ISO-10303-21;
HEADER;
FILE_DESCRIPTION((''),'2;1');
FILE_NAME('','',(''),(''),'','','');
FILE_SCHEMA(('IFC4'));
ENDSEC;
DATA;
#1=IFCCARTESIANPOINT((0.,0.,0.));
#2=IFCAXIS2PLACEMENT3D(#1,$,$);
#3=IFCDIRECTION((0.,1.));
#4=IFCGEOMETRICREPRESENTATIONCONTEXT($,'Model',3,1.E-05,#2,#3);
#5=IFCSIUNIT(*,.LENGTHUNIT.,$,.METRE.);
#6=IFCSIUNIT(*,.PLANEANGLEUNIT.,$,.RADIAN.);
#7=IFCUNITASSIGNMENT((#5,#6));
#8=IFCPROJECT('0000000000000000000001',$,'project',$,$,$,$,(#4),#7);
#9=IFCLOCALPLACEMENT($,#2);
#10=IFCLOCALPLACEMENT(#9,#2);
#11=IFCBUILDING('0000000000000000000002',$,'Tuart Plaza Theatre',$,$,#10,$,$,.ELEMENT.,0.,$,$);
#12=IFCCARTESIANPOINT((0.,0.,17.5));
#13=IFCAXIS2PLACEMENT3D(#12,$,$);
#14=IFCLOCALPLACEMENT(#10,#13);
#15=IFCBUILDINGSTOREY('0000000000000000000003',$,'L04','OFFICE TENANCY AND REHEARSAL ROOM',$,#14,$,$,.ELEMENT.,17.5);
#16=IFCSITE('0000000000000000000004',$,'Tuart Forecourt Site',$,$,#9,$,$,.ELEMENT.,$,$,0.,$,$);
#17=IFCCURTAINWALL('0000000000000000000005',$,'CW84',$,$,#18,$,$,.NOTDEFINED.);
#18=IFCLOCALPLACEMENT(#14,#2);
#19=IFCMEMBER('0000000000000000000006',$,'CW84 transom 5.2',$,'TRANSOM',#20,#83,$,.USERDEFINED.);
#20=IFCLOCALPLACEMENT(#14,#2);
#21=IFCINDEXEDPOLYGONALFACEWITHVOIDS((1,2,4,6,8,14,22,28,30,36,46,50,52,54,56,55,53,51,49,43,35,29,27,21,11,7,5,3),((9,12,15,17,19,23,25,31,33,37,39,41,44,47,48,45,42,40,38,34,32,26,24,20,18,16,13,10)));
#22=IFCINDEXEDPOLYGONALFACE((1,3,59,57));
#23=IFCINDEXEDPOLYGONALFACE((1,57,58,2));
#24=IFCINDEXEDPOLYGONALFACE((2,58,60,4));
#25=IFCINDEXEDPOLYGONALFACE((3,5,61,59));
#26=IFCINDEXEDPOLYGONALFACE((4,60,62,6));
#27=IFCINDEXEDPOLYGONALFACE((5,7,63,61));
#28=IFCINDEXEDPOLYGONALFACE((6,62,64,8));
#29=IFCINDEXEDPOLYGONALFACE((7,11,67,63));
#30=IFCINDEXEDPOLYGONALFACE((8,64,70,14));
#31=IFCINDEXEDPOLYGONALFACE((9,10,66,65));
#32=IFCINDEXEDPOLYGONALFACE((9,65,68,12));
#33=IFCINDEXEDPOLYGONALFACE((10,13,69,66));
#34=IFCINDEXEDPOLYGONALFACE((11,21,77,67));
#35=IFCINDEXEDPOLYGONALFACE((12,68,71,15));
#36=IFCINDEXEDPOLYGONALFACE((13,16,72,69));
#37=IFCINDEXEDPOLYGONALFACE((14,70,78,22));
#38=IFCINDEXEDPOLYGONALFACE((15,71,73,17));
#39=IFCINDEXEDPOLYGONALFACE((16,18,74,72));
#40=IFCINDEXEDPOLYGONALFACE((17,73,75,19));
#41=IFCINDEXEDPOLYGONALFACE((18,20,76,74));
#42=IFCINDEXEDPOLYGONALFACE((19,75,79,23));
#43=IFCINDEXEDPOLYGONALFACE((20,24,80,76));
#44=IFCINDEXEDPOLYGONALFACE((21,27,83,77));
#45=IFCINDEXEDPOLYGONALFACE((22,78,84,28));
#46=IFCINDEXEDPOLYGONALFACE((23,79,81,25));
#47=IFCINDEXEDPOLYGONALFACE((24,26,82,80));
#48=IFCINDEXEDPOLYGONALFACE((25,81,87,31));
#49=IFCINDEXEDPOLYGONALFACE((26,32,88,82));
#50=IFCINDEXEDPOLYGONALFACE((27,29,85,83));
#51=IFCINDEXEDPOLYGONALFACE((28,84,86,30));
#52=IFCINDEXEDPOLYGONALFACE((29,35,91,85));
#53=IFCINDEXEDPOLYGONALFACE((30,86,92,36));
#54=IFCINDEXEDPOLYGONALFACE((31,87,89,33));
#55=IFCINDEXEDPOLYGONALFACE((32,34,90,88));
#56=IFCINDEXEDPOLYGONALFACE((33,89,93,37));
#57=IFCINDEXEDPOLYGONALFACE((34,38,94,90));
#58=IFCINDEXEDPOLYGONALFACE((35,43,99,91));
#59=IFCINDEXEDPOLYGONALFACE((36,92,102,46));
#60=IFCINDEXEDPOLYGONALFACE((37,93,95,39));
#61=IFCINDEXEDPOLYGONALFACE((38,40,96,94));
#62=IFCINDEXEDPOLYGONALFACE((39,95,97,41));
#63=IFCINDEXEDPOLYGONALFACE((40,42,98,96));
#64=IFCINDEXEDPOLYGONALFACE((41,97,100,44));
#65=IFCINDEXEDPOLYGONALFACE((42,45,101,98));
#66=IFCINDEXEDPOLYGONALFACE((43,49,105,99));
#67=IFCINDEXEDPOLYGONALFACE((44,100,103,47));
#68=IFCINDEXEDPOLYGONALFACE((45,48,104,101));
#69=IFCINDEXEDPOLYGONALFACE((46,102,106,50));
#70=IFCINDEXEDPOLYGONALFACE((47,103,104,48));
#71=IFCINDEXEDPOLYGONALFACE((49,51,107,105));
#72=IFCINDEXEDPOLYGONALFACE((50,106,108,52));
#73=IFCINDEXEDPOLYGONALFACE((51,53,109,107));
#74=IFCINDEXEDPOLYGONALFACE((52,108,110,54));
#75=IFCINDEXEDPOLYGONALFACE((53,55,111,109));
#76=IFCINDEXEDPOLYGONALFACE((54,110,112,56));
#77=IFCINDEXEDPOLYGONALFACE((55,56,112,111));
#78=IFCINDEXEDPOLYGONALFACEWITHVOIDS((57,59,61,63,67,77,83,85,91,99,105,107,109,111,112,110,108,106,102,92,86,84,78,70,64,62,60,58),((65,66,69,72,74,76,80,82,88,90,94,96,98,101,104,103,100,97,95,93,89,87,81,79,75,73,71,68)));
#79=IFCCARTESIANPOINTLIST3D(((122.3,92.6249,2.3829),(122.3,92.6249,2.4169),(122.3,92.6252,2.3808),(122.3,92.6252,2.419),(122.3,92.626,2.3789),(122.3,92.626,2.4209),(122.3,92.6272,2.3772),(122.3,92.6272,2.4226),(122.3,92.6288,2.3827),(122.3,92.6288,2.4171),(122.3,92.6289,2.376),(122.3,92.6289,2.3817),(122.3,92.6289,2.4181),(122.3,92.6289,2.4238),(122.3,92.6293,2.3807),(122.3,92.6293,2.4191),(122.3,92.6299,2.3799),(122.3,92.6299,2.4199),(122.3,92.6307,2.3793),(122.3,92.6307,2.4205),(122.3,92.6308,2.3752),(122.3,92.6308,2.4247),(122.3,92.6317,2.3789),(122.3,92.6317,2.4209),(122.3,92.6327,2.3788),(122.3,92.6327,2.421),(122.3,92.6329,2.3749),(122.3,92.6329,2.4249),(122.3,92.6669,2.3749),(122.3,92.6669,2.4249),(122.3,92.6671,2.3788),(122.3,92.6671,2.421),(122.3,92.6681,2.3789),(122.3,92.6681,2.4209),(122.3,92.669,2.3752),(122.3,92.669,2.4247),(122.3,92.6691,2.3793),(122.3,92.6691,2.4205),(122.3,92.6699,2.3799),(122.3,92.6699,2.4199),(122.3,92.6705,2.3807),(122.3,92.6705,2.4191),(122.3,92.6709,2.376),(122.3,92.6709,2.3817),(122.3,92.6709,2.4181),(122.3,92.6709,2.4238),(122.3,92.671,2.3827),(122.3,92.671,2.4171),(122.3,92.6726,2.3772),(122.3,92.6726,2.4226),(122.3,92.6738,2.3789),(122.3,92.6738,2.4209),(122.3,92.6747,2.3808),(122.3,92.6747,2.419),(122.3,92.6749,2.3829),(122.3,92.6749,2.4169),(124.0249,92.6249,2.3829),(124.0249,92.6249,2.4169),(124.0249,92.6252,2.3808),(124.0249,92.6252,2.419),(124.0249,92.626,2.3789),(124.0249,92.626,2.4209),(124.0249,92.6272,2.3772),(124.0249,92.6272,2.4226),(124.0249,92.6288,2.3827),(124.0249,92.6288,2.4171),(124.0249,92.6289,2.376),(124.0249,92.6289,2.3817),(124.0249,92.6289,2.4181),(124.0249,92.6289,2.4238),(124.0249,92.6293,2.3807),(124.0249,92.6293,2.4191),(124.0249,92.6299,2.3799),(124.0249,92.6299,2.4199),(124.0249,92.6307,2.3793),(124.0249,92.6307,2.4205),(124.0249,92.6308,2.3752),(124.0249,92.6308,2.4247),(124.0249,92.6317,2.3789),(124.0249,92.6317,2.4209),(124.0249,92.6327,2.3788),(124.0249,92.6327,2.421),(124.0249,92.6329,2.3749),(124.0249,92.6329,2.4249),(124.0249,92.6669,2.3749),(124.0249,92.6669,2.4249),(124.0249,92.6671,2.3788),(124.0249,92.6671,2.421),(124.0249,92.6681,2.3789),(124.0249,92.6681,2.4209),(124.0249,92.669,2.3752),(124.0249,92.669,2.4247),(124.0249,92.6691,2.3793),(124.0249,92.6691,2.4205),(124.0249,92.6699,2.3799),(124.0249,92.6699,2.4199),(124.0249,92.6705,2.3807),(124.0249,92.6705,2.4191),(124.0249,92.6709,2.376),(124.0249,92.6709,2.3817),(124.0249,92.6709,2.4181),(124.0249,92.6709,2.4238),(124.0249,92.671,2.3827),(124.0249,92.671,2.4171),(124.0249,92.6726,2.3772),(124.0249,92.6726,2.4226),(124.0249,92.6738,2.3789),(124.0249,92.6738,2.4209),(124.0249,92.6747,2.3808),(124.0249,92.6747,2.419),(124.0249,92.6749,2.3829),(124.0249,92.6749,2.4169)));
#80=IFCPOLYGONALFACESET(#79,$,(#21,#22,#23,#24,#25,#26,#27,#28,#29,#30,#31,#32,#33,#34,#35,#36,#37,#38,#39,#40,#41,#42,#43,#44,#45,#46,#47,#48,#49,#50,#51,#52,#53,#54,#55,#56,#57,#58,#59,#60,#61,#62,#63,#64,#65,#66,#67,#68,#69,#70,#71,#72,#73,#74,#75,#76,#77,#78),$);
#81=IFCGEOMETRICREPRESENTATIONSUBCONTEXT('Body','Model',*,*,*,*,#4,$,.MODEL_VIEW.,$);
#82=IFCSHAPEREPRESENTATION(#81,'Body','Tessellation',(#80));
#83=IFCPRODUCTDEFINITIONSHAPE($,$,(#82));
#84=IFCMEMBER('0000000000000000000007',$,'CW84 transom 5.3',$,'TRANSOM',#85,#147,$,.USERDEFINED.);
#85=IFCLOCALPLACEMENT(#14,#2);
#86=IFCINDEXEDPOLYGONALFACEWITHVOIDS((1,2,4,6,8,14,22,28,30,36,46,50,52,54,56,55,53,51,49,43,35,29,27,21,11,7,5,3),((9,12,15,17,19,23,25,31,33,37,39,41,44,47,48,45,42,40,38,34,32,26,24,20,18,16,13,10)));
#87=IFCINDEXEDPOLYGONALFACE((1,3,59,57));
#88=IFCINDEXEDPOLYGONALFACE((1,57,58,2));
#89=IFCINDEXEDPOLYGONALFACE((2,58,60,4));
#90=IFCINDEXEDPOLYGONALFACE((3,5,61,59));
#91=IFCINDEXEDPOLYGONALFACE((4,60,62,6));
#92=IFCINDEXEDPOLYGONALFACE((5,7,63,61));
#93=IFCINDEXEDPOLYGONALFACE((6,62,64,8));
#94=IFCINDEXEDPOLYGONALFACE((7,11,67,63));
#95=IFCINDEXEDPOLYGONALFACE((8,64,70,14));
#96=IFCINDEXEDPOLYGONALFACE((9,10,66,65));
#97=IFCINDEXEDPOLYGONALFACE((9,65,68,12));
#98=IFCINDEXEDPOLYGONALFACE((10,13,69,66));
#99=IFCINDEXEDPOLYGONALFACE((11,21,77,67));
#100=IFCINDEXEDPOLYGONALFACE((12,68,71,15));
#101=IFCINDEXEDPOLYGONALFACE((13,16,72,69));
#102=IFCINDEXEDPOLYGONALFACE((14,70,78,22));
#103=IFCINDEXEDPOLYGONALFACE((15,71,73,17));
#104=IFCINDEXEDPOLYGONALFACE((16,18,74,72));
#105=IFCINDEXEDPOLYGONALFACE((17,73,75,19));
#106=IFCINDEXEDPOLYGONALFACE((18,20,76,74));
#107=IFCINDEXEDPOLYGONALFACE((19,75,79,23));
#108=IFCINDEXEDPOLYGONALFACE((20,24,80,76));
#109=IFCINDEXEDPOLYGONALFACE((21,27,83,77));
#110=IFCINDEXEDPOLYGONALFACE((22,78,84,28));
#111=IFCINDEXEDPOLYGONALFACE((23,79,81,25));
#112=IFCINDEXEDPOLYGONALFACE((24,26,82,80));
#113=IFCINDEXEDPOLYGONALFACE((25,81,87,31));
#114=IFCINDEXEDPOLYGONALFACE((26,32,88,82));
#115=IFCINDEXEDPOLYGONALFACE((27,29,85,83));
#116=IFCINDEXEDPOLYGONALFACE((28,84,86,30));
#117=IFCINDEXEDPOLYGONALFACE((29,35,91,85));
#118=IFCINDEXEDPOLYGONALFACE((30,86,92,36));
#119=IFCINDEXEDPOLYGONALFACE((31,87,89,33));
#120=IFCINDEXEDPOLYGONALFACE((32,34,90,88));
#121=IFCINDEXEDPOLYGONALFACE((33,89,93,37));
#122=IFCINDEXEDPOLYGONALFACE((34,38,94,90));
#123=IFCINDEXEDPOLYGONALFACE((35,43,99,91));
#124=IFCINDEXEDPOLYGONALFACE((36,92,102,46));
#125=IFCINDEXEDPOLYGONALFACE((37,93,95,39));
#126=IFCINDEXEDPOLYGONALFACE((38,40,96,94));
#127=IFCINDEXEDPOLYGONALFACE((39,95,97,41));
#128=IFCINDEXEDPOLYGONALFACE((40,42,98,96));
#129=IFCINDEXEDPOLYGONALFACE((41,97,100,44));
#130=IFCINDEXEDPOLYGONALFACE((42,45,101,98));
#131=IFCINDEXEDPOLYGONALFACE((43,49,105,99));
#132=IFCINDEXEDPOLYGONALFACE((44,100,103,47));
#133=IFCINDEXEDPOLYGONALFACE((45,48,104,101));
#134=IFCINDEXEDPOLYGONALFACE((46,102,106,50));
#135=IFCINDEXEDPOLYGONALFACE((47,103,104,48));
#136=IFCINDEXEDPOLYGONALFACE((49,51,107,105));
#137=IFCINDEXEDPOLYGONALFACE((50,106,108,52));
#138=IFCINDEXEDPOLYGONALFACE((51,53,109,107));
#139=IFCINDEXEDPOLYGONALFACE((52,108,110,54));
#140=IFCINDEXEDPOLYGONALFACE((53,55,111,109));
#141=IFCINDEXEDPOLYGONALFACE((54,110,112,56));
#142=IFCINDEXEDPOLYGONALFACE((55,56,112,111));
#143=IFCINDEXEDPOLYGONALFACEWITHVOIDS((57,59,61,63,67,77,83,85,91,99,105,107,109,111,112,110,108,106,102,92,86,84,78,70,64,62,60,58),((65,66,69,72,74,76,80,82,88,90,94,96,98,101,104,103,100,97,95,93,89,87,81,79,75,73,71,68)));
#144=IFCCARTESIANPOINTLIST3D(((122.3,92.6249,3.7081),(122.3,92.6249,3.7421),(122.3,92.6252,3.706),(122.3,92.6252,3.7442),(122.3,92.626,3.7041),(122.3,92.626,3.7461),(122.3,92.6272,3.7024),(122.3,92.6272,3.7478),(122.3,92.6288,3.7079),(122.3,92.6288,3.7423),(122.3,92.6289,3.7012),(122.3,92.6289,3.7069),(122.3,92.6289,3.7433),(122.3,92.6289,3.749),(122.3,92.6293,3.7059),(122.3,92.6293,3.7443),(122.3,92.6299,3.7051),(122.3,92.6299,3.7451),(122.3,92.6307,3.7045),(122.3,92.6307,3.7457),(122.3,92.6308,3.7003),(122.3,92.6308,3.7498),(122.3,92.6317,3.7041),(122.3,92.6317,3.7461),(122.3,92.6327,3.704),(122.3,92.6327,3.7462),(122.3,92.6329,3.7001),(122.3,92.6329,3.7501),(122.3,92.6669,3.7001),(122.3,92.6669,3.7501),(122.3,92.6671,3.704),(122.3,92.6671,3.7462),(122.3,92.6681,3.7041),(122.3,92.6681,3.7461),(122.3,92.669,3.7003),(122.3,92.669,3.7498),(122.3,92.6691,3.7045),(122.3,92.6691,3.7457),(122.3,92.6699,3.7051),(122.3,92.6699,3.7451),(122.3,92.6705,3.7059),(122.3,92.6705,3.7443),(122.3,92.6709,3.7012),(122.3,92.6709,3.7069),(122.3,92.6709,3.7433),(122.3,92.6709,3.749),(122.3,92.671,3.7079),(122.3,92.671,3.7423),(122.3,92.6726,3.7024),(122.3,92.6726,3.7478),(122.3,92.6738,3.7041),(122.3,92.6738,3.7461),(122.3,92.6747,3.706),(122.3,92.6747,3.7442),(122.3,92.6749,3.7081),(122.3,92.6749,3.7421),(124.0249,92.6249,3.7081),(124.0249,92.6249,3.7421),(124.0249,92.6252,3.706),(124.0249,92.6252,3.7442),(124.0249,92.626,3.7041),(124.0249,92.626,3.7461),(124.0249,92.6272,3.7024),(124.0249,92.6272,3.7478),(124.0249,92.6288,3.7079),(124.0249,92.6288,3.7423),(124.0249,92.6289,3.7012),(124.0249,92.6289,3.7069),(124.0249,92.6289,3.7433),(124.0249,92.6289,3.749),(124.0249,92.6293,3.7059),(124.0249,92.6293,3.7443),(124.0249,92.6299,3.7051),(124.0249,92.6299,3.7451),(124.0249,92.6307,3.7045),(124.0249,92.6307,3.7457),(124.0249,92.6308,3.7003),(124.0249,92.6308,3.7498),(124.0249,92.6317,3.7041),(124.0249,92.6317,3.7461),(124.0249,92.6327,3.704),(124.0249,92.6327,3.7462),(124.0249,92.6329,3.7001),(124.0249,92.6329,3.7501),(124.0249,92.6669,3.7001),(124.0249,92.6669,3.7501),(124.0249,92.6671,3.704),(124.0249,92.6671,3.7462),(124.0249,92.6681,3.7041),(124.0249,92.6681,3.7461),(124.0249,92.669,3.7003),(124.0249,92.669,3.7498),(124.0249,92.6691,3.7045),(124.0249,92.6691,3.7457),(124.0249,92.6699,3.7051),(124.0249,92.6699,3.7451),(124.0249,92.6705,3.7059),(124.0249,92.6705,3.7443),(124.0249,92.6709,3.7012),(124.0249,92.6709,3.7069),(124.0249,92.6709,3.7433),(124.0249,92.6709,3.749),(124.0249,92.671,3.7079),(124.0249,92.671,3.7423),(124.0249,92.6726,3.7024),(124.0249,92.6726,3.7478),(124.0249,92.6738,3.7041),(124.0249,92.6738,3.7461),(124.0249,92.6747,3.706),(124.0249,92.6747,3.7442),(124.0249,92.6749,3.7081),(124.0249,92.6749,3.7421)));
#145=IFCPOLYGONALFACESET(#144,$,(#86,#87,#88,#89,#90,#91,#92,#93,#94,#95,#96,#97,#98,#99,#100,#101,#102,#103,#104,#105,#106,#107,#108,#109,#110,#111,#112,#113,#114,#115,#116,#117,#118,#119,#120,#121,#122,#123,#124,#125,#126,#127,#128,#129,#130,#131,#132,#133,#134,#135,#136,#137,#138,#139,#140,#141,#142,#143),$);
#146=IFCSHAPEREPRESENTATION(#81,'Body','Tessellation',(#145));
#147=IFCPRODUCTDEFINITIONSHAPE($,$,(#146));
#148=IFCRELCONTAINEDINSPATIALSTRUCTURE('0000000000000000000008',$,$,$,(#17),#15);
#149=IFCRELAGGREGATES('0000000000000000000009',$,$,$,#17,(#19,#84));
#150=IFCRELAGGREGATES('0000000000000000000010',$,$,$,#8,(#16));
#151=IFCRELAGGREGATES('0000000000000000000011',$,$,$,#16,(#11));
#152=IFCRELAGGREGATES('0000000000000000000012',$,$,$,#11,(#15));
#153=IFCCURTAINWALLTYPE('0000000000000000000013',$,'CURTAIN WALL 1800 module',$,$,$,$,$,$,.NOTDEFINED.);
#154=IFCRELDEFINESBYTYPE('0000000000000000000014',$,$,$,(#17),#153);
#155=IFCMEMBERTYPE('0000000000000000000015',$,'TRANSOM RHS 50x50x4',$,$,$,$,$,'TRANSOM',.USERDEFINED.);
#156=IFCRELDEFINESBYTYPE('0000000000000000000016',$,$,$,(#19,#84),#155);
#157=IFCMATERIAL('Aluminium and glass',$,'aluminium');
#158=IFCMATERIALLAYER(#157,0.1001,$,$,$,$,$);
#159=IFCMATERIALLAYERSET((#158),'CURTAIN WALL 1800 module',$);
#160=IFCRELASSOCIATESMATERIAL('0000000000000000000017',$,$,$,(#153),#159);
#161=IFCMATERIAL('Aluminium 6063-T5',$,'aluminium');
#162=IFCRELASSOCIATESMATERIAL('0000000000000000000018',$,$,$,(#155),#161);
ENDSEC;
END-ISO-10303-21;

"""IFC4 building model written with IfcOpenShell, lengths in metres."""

from ifc_helpers import new_model, si_unit, direction, frame, origin, origin_2d, place, context, subcontext, project, spatial, hollow_rectangle, extrude, material, layer, layer_set, material_profile, profile_set, type_object, element, aggregate, save


model = new_model("IFC4")

# Units and contexts
model_context = context("Model", 3, precision=1e-05, world=origin(), true_north=direction((0.0, 1.0)))
body_context = subcontext(model_context, "Body", "Model", "MODEL_VIEW")
ifc_project = project(units=[si_unit("LENGTHUNIT", "METRE"), si_unit("PLANEANGLEUNIT", "RADIAN")], contexts=[model_context])

# Site, building, storey
site_placement = place(None, origin())
site = spatial("IfcSite", under=ifc_project, at=site_placement, Name="Tuart Forecourt Site", CompositionType="ELEMENT", RefElevation=0.0)
building_placement = place(site_placement, origin())
building = spatial("IfcBuilding", under=site, at=building_placement, Name="Tuart Plaza Theatre", CompositionType="ELEMENT", ElevationOfRefHeight=0.0)
storey_placement = place(building_placement, frame((0.0, 0.0, 17.5)))
storey = spatial("IfcBuildingStorey", under=building, at=storey_placement, Name="L04", Description="OFFICE TENANCY AND REHEARSAL ROOM", CompositionType="ELEMENT", Elevation=17.5)

# Curtain wall
ifc_material_1 = material(Name="Aluminium and glass", Category="aluminium")
ifc_layer_1 = layer(ifc_material_1, 0.1001)
ifc_layer_set_1 = layer_set([ifc_layer_1], Name="CURTAIN WALL 1800 module")
curtain_wall_type_1 = type_object("IfcCurtainWallType", Name="CURTAIN WALL 1800 module", PredefinedType="NOTDEFINED", material=ifc_layer_set_1)
curtain_wall_1_placement = place(storey_placement, origin())
curtain_wall_1 = element("IfcCurtainWall", 1, at=curtain_wall_1_placement, inside=storey, type_object=curtain_wall_type_1, Name="CW84", PredefinedType="NOTDEFINED")

# Members
ifc_material_2 = material(Name="Aluminium 6063-T5", Category="aluminium")
ifc_material_profile_1 = material_profile(ifc_material_2, hollow_rectangle(XDim=0.05, YDim=0.05, WallThickness=0.0039, InnerFilletRadius=0.0039, OuterFilletRadius=0.0081, at=origin_2d()), Name="RHS 50x50x4")
ifc_profile_set_1 = profile_set([ifc_material_profile_1], Name="Aluminium 6063-T5")
member_type_1 = type_object("IfcMemberType", Name="TRANSOM RHS 50x50x4", ElementType="TRANSOM", PredefinedType="USERDEFINED", material=ifc_profile_set_1)
member_1_placement = place(storey_placement, frame((124.0249, 92.6499, 2.3999), z_axis=(-1.0, 0.0, 0.0), x_axis=(0.0, -1.0, 0.0)))
member_1 = element("IfcMember", 2, at=member_1_placement, type_object=member_type_1, Name="CW84 transom 5.2", ObjectType="TRANSOM", PredefinedType="USERDEFINED", context=body_context, shape_type="SweptSolid", body=[
    extrude(hollow_rectangle(XDim=0.05, YDim=0.05, WallThickness=0.0039, InnerFilletRadius=0.0039, OuterFilletRadius=0.0081, at=origin_2d()), origin(), (0.0, 0.0, 1.0), 1.7249),
])
member_2_placement = place(storey_placement, frame((124.0249, 92.6499, 3.7251), z_axis=(-1.0, 0.0, 0.0), x_axis=(0.0, -1.0, 0.0)))
member_2 = element("IfcMember", 3, at=member_2_placement, type_object=member_type_1, Name="CW84 transom 5.3", ObjectType="TRANSOM", PredefinedType="USERDEFINED", context=body_context, shape_type="SweptSolid", body=[
    extrude(hollow_rectangle(XDim=0.05, YDim=0.05, WallThickness=0.0039, InnerFilletRadius=0.0039, OuterFilletRadius=0.0081, at=origin_2d()), origin(), (0.0, 0.0, 1.0), 1.7249),
])

aggregate(curtain_wall_1, [member_1, member_2])

save(model, "model.ifc")
